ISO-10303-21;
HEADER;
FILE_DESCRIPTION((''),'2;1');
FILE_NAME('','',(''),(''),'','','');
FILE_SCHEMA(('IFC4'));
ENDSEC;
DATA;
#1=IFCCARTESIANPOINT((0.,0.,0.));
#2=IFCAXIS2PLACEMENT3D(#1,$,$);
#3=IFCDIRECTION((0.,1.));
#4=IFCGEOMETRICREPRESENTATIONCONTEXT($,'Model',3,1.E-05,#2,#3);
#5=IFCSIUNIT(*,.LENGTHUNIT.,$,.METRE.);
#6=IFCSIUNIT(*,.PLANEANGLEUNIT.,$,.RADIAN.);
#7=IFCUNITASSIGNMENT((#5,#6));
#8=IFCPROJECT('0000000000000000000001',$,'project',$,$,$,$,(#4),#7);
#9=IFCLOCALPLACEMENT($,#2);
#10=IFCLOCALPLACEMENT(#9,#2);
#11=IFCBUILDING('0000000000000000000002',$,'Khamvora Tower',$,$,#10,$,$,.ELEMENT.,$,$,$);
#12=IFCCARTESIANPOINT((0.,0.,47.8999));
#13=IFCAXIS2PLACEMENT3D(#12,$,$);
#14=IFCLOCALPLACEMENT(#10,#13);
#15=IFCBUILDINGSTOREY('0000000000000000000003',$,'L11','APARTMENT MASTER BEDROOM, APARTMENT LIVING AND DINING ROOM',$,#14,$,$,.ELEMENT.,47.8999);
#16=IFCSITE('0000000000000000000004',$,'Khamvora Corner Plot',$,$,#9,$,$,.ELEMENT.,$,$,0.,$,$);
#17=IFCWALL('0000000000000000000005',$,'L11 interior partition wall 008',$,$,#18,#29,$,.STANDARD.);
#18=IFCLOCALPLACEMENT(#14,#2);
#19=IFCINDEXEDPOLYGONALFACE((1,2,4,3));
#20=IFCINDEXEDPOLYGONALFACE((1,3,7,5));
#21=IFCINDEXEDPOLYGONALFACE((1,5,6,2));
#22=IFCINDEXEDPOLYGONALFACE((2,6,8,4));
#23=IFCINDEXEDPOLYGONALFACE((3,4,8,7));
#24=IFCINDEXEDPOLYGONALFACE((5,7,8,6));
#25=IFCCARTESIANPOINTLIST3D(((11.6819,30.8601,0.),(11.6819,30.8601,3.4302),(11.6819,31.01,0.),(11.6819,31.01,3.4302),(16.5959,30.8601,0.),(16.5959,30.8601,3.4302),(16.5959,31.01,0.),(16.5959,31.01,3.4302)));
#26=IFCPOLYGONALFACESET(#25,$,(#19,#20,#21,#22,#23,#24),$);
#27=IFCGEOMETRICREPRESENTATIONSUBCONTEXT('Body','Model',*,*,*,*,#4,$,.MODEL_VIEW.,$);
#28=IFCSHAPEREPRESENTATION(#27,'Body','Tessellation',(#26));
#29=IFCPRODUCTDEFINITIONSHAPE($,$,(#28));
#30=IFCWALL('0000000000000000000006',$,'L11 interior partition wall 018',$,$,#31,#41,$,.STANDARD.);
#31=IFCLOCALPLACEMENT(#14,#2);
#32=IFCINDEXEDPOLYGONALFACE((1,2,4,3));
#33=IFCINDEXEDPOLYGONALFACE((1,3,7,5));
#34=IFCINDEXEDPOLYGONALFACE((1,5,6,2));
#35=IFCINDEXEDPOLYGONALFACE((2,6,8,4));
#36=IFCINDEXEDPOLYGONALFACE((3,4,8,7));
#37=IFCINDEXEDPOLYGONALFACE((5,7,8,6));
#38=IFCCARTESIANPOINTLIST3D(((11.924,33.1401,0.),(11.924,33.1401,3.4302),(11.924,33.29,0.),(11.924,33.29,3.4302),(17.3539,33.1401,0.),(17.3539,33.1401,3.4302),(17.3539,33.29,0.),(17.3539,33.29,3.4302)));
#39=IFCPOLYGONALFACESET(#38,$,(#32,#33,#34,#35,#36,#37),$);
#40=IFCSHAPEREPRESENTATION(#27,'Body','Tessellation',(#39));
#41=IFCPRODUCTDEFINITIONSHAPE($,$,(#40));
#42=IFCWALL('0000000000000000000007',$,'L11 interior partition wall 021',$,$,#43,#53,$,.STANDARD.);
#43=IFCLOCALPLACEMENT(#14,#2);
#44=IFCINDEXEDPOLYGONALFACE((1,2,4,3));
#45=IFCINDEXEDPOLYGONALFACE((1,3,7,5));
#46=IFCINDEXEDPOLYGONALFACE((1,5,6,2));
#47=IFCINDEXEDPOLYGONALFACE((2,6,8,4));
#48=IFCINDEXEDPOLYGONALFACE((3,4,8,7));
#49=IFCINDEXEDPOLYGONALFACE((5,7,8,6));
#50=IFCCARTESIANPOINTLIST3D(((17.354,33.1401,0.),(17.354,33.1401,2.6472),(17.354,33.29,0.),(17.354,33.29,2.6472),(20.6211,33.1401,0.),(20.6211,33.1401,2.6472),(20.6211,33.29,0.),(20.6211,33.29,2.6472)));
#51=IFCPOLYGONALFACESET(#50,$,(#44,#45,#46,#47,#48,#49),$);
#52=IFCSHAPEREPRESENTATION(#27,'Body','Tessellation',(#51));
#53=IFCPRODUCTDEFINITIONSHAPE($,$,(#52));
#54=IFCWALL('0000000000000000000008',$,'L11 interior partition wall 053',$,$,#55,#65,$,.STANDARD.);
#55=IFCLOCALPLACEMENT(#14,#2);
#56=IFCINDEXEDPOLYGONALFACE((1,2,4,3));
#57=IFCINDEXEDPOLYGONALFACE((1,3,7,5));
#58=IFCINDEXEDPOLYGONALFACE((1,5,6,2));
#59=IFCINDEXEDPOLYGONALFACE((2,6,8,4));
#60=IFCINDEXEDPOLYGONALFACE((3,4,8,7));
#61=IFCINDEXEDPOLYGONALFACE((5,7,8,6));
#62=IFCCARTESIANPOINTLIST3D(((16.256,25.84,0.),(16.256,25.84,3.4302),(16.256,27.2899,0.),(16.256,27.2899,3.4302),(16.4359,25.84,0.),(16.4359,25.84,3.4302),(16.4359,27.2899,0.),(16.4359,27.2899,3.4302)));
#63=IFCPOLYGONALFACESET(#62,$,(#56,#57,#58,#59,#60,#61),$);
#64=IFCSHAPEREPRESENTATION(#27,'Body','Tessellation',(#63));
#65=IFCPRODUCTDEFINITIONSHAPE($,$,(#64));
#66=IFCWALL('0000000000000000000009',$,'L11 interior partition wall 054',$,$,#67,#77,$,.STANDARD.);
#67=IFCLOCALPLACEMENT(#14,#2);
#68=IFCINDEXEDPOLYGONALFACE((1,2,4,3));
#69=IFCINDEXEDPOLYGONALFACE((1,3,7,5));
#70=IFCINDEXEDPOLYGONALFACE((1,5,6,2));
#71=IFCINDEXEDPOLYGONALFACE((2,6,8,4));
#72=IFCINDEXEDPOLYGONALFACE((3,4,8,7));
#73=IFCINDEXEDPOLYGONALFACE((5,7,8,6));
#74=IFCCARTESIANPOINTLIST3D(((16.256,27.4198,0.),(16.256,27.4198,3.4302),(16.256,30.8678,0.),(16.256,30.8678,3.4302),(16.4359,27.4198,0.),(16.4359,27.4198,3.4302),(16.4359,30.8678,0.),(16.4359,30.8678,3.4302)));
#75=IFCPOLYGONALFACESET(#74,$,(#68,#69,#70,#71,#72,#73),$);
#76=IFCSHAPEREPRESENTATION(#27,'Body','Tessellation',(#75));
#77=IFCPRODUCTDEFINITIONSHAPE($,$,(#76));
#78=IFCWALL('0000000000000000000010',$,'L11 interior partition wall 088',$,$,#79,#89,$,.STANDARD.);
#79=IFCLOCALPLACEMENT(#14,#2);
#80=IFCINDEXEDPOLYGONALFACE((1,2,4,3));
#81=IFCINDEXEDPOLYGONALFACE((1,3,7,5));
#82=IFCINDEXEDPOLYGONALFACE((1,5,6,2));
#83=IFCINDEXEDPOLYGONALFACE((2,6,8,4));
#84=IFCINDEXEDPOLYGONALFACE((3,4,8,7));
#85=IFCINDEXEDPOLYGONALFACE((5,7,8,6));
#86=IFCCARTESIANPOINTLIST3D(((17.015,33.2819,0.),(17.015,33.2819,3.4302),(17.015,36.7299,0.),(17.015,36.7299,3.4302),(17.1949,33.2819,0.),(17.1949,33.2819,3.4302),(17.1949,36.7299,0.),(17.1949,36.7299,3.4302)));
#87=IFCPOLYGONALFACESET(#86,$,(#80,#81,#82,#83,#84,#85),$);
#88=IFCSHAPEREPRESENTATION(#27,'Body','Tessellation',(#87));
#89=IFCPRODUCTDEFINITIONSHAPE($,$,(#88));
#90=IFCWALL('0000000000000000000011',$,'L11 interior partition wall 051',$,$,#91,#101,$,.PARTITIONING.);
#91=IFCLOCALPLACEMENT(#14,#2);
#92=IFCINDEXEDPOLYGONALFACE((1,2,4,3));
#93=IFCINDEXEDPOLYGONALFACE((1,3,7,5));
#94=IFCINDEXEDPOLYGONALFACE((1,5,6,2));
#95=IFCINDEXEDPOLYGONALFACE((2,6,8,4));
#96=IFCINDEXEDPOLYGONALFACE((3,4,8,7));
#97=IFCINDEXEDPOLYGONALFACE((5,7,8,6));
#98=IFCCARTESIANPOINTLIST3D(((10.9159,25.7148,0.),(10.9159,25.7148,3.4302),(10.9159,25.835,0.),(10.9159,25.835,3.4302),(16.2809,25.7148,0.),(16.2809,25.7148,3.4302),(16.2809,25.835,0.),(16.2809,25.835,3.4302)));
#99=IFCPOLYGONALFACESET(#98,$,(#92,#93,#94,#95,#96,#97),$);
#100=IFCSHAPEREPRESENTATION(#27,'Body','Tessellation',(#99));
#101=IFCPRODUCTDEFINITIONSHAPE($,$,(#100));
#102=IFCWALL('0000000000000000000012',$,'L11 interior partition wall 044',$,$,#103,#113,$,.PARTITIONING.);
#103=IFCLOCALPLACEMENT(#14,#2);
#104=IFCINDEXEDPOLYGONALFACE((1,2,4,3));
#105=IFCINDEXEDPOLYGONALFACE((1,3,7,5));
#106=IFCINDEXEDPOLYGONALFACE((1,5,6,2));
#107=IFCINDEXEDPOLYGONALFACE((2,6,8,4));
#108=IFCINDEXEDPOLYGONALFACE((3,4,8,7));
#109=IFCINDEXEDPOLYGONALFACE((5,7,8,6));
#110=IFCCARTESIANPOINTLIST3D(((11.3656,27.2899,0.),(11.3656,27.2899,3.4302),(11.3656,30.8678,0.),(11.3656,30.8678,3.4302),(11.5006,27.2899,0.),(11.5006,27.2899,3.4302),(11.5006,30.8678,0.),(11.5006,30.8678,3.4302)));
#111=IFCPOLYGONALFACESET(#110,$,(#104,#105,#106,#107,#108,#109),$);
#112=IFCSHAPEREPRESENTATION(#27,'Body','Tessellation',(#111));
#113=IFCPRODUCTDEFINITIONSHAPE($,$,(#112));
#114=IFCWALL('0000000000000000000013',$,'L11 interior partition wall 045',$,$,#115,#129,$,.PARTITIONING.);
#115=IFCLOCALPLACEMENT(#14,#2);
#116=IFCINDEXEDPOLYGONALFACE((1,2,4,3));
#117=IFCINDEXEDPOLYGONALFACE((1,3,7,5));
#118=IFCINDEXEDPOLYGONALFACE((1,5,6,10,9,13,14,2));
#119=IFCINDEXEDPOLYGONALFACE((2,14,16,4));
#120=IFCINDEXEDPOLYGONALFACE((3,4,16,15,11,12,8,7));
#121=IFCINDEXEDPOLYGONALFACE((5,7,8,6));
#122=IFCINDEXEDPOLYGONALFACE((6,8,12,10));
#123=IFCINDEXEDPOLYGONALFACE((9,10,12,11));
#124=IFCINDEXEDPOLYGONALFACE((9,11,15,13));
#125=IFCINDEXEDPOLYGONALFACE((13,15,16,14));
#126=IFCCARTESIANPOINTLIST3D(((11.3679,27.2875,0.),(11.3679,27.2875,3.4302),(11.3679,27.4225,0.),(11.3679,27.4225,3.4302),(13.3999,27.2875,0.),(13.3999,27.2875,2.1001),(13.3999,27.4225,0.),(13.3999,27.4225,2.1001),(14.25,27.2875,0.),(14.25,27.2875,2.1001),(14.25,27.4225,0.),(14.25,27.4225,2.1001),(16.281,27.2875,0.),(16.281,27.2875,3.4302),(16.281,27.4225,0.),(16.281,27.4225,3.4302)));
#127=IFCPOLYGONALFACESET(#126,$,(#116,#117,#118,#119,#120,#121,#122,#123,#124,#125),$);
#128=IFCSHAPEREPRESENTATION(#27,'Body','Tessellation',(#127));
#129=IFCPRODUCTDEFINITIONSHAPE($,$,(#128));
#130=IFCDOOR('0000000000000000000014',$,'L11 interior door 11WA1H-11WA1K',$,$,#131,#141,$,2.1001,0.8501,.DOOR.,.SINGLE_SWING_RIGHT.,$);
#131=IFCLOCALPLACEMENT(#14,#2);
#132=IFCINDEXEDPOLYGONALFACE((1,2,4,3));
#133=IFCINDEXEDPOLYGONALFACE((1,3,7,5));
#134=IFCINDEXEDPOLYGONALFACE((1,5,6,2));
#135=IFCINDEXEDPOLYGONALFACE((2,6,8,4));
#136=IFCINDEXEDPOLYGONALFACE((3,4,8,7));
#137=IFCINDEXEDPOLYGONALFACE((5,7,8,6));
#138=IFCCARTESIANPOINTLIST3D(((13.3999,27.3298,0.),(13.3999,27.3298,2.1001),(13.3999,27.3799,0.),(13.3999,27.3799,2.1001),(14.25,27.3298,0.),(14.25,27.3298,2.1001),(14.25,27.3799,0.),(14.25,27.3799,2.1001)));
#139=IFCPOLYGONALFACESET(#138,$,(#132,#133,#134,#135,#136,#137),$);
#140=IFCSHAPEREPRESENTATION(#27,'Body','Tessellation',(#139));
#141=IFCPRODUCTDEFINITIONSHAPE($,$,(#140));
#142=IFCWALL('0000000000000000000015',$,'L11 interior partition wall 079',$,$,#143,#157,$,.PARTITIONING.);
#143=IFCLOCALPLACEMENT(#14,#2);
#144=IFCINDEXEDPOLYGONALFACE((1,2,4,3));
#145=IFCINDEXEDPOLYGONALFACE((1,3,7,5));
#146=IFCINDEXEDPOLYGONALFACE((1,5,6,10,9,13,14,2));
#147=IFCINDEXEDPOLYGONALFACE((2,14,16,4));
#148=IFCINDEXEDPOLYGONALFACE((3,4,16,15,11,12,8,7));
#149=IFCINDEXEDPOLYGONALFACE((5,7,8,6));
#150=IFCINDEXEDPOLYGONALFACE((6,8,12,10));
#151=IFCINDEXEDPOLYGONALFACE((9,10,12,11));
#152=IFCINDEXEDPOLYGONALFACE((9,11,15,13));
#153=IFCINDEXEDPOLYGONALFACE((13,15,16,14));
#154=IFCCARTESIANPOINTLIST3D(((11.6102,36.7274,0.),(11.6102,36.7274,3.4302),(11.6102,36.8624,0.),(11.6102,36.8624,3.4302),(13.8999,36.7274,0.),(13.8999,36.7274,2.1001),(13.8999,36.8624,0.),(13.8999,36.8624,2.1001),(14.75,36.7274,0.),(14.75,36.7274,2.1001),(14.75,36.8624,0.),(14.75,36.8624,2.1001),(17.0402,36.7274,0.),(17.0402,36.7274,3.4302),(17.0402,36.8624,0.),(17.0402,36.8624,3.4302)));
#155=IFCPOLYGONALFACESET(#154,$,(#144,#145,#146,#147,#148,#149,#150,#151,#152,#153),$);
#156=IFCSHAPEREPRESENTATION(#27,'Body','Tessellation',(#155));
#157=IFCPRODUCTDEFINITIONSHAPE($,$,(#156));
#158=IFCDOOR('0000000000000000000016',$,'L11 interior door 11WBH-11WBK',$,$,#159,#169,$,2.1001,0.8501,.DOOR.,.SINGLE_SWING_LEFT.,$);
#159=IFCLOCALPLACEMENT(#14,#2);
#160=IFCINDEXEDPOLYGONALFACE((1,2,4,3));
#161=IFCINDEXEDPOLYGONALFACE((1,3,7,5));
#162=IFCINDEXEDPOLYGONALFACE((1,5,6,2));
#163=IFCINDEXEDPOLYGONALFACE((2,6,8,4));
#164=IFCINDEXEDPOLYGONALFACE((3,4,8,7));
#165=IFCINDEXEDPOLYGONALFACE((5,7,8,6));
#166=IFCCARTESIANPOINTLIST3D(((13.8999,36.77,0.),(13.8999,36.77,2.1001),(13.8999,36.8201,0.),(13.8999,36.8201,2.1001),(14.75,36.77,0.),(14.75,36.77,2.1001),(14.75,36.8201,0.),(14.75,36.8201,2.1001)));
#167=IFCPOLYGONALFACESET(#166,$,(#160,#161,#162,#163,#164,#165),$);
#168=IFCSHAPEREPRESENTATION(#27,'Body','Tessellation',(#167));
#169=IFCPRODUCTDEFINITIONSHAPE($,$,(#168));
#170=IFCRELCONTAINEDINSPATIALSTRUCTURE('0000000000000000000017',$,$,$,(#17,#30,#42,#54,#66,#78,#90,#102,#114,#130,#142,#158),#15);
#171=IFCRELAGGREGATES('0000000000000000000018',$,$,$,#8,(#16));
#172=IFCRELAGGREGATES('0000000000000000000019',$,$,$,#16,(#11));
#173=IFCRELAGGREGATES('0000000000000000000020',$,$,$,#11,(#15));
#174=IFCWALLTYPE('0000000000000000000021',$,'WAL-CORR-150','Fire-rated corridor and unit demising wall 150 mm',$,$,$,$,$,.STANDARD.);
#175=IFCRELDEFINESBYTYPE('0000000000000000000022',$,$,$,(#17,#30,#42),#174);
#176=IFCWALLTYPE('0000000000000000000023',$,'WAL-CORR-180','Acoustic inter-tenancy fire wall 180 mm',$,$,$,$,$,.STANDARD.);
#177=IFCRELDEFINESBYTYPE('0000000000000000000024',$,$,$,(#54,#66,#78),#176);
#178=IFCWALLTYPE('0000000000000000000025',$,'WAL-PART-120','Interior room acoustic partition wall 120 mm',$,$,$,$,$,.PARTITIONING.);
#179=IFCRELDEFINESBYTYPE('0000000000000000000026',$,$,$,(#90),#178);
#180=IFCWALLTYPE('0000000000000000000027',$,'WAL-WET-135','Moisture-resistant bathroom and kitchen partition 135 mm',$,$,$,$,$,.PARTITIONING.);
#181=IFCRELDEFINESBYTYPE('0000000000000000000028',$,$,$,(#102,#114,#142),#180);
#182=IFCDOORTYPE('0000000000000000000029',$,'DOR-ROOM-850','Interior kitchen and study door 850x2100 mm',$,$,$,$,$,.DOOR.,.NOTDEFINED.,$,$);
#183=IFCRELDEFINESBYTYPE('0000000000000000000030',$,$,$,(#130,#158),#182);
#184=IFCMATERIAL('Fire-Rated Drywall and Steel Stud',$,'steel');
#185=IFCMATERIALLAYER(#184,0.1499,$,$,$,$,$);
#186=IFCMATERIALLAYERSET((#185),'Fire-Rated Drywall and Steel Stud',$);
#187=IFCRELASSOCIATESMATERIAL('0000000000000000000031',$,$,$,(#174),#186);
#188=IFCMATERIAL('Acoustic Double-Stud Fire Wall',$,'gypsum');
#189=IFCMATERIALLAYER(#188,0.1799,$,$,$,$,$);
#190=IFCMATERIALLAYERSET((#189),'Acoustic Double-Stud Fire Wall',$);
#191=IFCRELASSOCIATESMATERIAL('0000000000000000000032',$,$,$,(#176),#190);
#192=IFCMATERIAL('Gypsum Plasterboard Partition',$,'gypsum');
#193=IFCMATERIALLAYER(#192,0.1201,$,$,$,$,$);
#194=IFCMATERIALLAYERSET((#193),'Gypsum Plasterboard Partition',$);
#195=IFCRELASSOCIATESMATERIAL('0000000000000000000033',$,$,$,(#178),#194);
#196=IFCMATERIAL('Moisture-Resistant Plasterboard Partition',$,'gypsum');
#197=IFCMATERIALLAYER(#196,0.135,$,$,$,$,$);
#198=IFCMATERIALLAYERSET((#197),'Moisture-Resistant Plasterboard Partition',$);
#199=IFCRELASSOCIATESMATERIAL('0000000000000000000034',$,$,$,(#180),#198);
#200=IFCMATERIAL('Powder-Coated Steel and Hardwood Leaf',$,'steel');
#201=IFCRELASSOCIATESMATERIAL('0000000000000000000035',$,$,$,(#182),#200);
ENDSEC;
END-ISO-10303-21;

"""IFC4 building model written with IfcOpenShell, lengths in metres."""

from ifc_helpers import new_model, si_unit, direction, frame, frame_2d, origin, place, context, subcontext, project, spatial, rectangle, extrude, material, layer, layer_set, type_object, element, fill, save


model = new_model("IFC4")

# Units and contexts
model_context = context("Model", 3, precision=1e-05, world=origin(), true_north=direction((0.0, 1.0)))
body_context = subcontext(model_context, "Body", "Model", "MODEL_VIEW")
ifc_project = project(units=[si_unit("LENGTHUNIT", "METRE"), si_unit("PLANEANGLEUNIT", "RADIAN")], contexts=[model_context])

# Site, building, storey
site_placement = place(None, origin())
site = spatial("IfcSite", under=ifc_project, at=site_placement, Name="Khamvora Corner Plot", CompositionType="ELEMENT", RefElevation=0.0)
building_placement = place(site_placement, origin())
building = spatial("IfcBuilding", under=site, at=building_placement, Name="Khamvora Tower", CompositionType="ELEMENT")
storey_placement = place(building_placement, frame((0.0, 0.0, 47.8999)))
storey = spatial("IfcBuildingStorey", under=building, at=storey_placement, Name="L11", Description="APARTMENT MASTER BEDROOM, APARTMENT LIVING AND DINING ROOM", CompositionType="ELEMENT", Elevation=47.8999)

# Shared definitions
ifc_material_1 = material(Name="Fire-Rated Drywall and Steel Stud", Category="steel")
ifc_layer_1 = layer(ifc_material_1, 0.1499)
ifc_layer_set_1 = layer_set([ifc_layer_1], Name="Fire-Rated Drywall and Steel Stud")
wall_type_1 = type_object("IfcWallType", Name="WAL-CORR-150", Description="Fire-rated corridor and unit demising wall 150 mm", PredefinedType="STANDARD", material=ifc_layer_set_1)
ifc_material_2 = material(Name="Powder-Coated Steel and Hardwood Leaf", Category="steel")

# Walls
wall_1_placement = place(storey_placement, frame((16.5959, 30.9351, 0.0), z_axis=(0.0, 0.0, 1.0), x_axis=(-1.0, 0.0, 0.0)))
element("IfcWall", 1, at=wall_1_placement, inside=storey, type_object=wall_type_1, Name="L11 interior partition wall 008", PredefinedType="STANDARD", context=body_context, shape_type="SweptSolid", body=[
    extrude(rectangle(XDim=4.9141, YDim=0.1499, at=frame_2d((2.457, 0.0))), origin(), (0.0, 0.0, 1.0), 3.4302),
])
wall_2_placement = place(storey_placement, frame((11.9241, 33.2151, 0.0), z_axis=(0.0, 0.0, 1.0), x_axis=(1.0, 0.0, 0.0)))
element("IfcWall", 2, at=wall_2_placement, inside=storey, type_object=wall_type_1, Name="L11 interior partition wall 018", PredefinedType="STANDARD", context=body_context, shape_type="SweptSolid", body=[
    extrude(rectangle(XDim=5.4299, YDim=0.1499, at=frame_2d((2.7148, 0.0))), origin(), (0.0, 0.0, 1.0), 3.4302),
])
wall_3_placement = place(storey_placement, frame((17.354, 33.2151, 0.0), z_axis=(0.0, 0.0, 1.0), x_axis=(1.0, 0.0, 0.0)))
element("IfcWall", 3, at=wall_3_placement, inside=storey, type_object=wall_type_1, Name="L11 interior partition wall 021", PredefinedType="STANDARD", context=body_context, shape_type="SweptSolid", body=[
    extrude(rectangle(XDim=3.2671, YDim=0.1499, at=frame_2d((1.6335, 0.0))), origin(), (0.0, 0.0, 1.0), 2.6472),
])
ifc_material_3 = material(Name="Acoustic Double-Stud Fire Wall", Category="gypsum")
ifc_layer_2 = layer(ifc_material_3, 0.1799)
ifc_layer_set_2 = layer_set([ifc_layer_2], Name="Acoustic Double-Stud Fire Wall")
wall_type_2 = type_object("IfcWallType", Name="WAL-CORR-180", Description="Acoustic inter-tenancy fire wall 180 mm", PredefinedType="STANDARD", material=ifc_layer_set_2)
wall_4_placement = place(storey_placement, frame((16.3459, 27.29, 0.0), z_axis=(0.0, 0.0, 1.0), x_axis=(0.0, -1.0, 0.0)))
element("IfcWall", 4, at=wall_4_placement, inside=storey, type_object=wall_type_2, Name="L11 interior partition wall 053", PredefinedType="STANDARD", context=body_context, shape_type="SweptSolid", body=[
    extrude(rectangle(XDim=1.45, YDim=0.1799, at=frame_2d((0.7251, 0.0))), origin(), (0.0, 0.0, 1.0), 3.4302),
])
for number, where, z_axis, x_axis, name in (
    (5, (16.3459, 30.8679, 0.0), (0.0, 0.0, 1.0), (0.0, -1.0, 0.0), "L11 interior partition wall 054"),
    (6, (17.105, 36.73, 0.0), (0.0, 0.0, 1.0), (0.0, -1.0, 0.0), "L11 interior partition wall 088"),
):
    element("IfcWall", number, at=place(storey_placement, frame(where, z_axis=z_axis, x_axis=x_axis)), inside=storey, type_object=wall_type_2, Name=name, PredefinedType="STANDARD", context=body_context, shape_type="SweptSolid", body=[
        extrude(rectangle(XDim=3.448, YDim=0.1799, at=frame_2d((1.7241, 0.0))), origin(), (0.0, 0.0, 1.0), 3.4302),
    ])
ifc_material_4 = material(Name="Gypsum Plasterboard Partition", Category="gypsum")
ifc_layer_3 = layer(ifc_material_4, 0.1201)
ifc_layer_set_3 = layer_set([ifc_layer_3], Name="Gypsum Plasterboard Partition")
wall_type_3 = type_object("IfcWallType", Name="WAL-PART-120", Description="Interior room acoustic partition wall 120 mm", PredefinedType="PARTITIONING", material=ifc_layer_set_3)
wall_5_placement = place(storey_placement, frame((16.281, 25.7749, 0.0), z_axis=(0.0, 0.0, 1.0), x_axis=(-1.0, 0.0, 0.0)))
element("IfcWall", 7, at=wall_5_placement, inside=storey, type_object=wall_type_3, Name="L11 interior partition wall 051", PredefinedType="PARTITIONING", context=body_context, shape_type="SweptSolid", body=[
    extrude(rectangle(XDim=5.365, YDim=0.1201, at=frame_2d((2.6826, 0.0))), origin(), (0.0, 0.0, 1.0), 3.4302),
])
ifc_material_5 = material(Name="Moisture-Resistant Plasterboard Partition", Category="gypsum")
ifc_layer_4 = layer(ifc_material_5, 0.135)
ifc_layer_set_4 = layer_set([ifc_layer_4], Name="Moisture-Resistant Plasterboard Partition")
wall_type_4 = type_object("IfcWallType", Name="WAL-WET-135", Description="Moisture-resistant bathroom and kitchen partition 135 mm", PredefinedType="PARTITIONING", material=ifc_layer_set_4)
wall_6_placement = place(storey_placement, frame((11.4331, 30.8679, 0.0), z_axis=(0.0, 0.0, 1.0), x_axis=(0.0, -1.0, 0.0)))
element("IfcWall", 8, at=wall_6_placement, inside=storey, type_object=wall_type_4, Name="L11 interior partition wall 044", PredefinedType="PARTITIONING", context=body_context, shape_type="SweptSolid", body=[
    extrude(rectangle(XDim=3.5779, YDim=0.135, at=frame_2d((1.7891, 0.0))), origin(), (0.0, 0.0, 1.0), 3.4302),
])

# Walls, openings, doors
wall_7_placement = place(storey_placement, frame((11.3679, 27.355, 0.0), z_axis=(0.0, 0.0, 1.0), x_axis=(1.0, 0.0, 0.0)))
wall_7 = element("IfcWall", 9, at=wall_7_placement, inside=storey, type_object=wall_type_4, Name="L11 interior partition wall 045", PredefinedType="PARTITIONING", context=body_context, shape_type="SweptSolid", body=[
    extrude(rectangle(XDim=4.9131, YDim=0.135, at=frame_2d((2.4565, 0.0))), origin(), (0.0, 0.0, 1.0), 3.4302),
])
opening_1_placement = place(wall_7_placement, frame((2.032, 0.0, 0.0)))
opening_1 = element("IfcOpeningElement", 10, at=opening_1_placement, cuts=wall_7, PredefinedType="OPENING", context=body_context, shape_type="SweptSolid", body=[
    extrude(rectangle(XDim=0.8501, YDim=2.1001, at=frame_2d((0.425, 1.05))), frame((0.0, 0.0774, 0.0), z_axis=(0.0, -1.0, 0.0), x_axis=(1.0, 0.0, 0.0)), (0.0, 0.0, 1.0), 0.155),
])
door_type_1 = type_object("IfcDoorType", Name="DOR-ROOM-850", Description="Interior kitchen and study door 850x2100 mm", OperationType="NOTDEFINED", PredefinedType="DOOR", material=ifc_material_2)
door_1_placement = place(opening_1_placement, origin())
door_1 = element("IfcDoor", 11, at=door_1_placement, inside=storey, type_object=door_type_1, Name="L11 interior door 11WA1H-11WA1K", OperationType="SINGLE_SWING_RIGHT", OverallHeight=2.1001, OverallWidth=0.8501, PredefinedType="DOOR", context=body_context, shape_type="SweptSolid", body=[
    extrude(rectangle(XDim=0.8501, YDim=2.1001, at=frame_2d((0.425, 1.05))), frame((0.0, 0.0249, 0.0), z_axis=(0.0, -1.0, 0.0), x_axis=(1.0, 0.0, 0.0)), (0.0, 0.0, 1.0), 0.05),
])
fill(opening_1, door_1)
wall_8_placement = place(storey_placement, frame((17.04, 36.7949, 0.0), z_axis=(0.0, 0.0, 1.0), x_axis=(-1.0, 0.0, 0.0)))
wall_8 = element("IfcWall", 12, at=wall_8_placement, inside=storey, type_object=wall_type_4, Name="L11 interior partition wall 079", PredefinedType="PARTITIONING", context=body_context, shape_type="SweptSolid", body=[
    extrude(rectangle(XDim=5.4299, YDim=0.135, at=frame_2d((2.7148, 0.0))), origin(), (0.0, 0.0, 1.0), 3.4302),
])
opening_2_placement = place(wall_8_placement, frame((2.29, 0.0, 0.0)))
opening_2 = element("IfcOpeningElement", 13, at=opening_2_placement, cuts=wall_8, PredefinedType="OPENING", context=body_context, shape_type="SweptSolid", body=[
    extrude(rectangle(XDim=0.8501, YDim=2.1001, at=frame_2d((0.425, 1.05))), frame((0.0, 0.0774, 0.0), z_axis=(0.0, -1.0, 0.0), x_axis=(1.0, 0.0, 0.0)), (0.0, 0.0, 1.0), 0.155),
])
door_2_placement = place(opening_2_placement, origin())
door_2 = element("IfcDoor", 14, at=door_2_placement, inside=storey, type_object=door_type_1, Name="L11 interior door 11WBH-11WBK", OperationType="SINGLE_SWING_LEFT", OverallHeight=2.1001, OverallWidth=0.8501, PredefinedType="DOOR", context=body_context, shape_type="SweptSolid", body=[
    extrude(rectangle(XDim=0.8501, YDim=2.1001, at=frame_2d((0.425, 1.05))), frame((0.0, 0.0249, 0.0), z_axis=(0.0, -1.0, 0.0), x_axis=(1.0, 0.0, 0.0)), (0.0, 0.0, 1.0), 0.05),
])
fill(opening_2, door_2)

save(model, "model.ifc")
